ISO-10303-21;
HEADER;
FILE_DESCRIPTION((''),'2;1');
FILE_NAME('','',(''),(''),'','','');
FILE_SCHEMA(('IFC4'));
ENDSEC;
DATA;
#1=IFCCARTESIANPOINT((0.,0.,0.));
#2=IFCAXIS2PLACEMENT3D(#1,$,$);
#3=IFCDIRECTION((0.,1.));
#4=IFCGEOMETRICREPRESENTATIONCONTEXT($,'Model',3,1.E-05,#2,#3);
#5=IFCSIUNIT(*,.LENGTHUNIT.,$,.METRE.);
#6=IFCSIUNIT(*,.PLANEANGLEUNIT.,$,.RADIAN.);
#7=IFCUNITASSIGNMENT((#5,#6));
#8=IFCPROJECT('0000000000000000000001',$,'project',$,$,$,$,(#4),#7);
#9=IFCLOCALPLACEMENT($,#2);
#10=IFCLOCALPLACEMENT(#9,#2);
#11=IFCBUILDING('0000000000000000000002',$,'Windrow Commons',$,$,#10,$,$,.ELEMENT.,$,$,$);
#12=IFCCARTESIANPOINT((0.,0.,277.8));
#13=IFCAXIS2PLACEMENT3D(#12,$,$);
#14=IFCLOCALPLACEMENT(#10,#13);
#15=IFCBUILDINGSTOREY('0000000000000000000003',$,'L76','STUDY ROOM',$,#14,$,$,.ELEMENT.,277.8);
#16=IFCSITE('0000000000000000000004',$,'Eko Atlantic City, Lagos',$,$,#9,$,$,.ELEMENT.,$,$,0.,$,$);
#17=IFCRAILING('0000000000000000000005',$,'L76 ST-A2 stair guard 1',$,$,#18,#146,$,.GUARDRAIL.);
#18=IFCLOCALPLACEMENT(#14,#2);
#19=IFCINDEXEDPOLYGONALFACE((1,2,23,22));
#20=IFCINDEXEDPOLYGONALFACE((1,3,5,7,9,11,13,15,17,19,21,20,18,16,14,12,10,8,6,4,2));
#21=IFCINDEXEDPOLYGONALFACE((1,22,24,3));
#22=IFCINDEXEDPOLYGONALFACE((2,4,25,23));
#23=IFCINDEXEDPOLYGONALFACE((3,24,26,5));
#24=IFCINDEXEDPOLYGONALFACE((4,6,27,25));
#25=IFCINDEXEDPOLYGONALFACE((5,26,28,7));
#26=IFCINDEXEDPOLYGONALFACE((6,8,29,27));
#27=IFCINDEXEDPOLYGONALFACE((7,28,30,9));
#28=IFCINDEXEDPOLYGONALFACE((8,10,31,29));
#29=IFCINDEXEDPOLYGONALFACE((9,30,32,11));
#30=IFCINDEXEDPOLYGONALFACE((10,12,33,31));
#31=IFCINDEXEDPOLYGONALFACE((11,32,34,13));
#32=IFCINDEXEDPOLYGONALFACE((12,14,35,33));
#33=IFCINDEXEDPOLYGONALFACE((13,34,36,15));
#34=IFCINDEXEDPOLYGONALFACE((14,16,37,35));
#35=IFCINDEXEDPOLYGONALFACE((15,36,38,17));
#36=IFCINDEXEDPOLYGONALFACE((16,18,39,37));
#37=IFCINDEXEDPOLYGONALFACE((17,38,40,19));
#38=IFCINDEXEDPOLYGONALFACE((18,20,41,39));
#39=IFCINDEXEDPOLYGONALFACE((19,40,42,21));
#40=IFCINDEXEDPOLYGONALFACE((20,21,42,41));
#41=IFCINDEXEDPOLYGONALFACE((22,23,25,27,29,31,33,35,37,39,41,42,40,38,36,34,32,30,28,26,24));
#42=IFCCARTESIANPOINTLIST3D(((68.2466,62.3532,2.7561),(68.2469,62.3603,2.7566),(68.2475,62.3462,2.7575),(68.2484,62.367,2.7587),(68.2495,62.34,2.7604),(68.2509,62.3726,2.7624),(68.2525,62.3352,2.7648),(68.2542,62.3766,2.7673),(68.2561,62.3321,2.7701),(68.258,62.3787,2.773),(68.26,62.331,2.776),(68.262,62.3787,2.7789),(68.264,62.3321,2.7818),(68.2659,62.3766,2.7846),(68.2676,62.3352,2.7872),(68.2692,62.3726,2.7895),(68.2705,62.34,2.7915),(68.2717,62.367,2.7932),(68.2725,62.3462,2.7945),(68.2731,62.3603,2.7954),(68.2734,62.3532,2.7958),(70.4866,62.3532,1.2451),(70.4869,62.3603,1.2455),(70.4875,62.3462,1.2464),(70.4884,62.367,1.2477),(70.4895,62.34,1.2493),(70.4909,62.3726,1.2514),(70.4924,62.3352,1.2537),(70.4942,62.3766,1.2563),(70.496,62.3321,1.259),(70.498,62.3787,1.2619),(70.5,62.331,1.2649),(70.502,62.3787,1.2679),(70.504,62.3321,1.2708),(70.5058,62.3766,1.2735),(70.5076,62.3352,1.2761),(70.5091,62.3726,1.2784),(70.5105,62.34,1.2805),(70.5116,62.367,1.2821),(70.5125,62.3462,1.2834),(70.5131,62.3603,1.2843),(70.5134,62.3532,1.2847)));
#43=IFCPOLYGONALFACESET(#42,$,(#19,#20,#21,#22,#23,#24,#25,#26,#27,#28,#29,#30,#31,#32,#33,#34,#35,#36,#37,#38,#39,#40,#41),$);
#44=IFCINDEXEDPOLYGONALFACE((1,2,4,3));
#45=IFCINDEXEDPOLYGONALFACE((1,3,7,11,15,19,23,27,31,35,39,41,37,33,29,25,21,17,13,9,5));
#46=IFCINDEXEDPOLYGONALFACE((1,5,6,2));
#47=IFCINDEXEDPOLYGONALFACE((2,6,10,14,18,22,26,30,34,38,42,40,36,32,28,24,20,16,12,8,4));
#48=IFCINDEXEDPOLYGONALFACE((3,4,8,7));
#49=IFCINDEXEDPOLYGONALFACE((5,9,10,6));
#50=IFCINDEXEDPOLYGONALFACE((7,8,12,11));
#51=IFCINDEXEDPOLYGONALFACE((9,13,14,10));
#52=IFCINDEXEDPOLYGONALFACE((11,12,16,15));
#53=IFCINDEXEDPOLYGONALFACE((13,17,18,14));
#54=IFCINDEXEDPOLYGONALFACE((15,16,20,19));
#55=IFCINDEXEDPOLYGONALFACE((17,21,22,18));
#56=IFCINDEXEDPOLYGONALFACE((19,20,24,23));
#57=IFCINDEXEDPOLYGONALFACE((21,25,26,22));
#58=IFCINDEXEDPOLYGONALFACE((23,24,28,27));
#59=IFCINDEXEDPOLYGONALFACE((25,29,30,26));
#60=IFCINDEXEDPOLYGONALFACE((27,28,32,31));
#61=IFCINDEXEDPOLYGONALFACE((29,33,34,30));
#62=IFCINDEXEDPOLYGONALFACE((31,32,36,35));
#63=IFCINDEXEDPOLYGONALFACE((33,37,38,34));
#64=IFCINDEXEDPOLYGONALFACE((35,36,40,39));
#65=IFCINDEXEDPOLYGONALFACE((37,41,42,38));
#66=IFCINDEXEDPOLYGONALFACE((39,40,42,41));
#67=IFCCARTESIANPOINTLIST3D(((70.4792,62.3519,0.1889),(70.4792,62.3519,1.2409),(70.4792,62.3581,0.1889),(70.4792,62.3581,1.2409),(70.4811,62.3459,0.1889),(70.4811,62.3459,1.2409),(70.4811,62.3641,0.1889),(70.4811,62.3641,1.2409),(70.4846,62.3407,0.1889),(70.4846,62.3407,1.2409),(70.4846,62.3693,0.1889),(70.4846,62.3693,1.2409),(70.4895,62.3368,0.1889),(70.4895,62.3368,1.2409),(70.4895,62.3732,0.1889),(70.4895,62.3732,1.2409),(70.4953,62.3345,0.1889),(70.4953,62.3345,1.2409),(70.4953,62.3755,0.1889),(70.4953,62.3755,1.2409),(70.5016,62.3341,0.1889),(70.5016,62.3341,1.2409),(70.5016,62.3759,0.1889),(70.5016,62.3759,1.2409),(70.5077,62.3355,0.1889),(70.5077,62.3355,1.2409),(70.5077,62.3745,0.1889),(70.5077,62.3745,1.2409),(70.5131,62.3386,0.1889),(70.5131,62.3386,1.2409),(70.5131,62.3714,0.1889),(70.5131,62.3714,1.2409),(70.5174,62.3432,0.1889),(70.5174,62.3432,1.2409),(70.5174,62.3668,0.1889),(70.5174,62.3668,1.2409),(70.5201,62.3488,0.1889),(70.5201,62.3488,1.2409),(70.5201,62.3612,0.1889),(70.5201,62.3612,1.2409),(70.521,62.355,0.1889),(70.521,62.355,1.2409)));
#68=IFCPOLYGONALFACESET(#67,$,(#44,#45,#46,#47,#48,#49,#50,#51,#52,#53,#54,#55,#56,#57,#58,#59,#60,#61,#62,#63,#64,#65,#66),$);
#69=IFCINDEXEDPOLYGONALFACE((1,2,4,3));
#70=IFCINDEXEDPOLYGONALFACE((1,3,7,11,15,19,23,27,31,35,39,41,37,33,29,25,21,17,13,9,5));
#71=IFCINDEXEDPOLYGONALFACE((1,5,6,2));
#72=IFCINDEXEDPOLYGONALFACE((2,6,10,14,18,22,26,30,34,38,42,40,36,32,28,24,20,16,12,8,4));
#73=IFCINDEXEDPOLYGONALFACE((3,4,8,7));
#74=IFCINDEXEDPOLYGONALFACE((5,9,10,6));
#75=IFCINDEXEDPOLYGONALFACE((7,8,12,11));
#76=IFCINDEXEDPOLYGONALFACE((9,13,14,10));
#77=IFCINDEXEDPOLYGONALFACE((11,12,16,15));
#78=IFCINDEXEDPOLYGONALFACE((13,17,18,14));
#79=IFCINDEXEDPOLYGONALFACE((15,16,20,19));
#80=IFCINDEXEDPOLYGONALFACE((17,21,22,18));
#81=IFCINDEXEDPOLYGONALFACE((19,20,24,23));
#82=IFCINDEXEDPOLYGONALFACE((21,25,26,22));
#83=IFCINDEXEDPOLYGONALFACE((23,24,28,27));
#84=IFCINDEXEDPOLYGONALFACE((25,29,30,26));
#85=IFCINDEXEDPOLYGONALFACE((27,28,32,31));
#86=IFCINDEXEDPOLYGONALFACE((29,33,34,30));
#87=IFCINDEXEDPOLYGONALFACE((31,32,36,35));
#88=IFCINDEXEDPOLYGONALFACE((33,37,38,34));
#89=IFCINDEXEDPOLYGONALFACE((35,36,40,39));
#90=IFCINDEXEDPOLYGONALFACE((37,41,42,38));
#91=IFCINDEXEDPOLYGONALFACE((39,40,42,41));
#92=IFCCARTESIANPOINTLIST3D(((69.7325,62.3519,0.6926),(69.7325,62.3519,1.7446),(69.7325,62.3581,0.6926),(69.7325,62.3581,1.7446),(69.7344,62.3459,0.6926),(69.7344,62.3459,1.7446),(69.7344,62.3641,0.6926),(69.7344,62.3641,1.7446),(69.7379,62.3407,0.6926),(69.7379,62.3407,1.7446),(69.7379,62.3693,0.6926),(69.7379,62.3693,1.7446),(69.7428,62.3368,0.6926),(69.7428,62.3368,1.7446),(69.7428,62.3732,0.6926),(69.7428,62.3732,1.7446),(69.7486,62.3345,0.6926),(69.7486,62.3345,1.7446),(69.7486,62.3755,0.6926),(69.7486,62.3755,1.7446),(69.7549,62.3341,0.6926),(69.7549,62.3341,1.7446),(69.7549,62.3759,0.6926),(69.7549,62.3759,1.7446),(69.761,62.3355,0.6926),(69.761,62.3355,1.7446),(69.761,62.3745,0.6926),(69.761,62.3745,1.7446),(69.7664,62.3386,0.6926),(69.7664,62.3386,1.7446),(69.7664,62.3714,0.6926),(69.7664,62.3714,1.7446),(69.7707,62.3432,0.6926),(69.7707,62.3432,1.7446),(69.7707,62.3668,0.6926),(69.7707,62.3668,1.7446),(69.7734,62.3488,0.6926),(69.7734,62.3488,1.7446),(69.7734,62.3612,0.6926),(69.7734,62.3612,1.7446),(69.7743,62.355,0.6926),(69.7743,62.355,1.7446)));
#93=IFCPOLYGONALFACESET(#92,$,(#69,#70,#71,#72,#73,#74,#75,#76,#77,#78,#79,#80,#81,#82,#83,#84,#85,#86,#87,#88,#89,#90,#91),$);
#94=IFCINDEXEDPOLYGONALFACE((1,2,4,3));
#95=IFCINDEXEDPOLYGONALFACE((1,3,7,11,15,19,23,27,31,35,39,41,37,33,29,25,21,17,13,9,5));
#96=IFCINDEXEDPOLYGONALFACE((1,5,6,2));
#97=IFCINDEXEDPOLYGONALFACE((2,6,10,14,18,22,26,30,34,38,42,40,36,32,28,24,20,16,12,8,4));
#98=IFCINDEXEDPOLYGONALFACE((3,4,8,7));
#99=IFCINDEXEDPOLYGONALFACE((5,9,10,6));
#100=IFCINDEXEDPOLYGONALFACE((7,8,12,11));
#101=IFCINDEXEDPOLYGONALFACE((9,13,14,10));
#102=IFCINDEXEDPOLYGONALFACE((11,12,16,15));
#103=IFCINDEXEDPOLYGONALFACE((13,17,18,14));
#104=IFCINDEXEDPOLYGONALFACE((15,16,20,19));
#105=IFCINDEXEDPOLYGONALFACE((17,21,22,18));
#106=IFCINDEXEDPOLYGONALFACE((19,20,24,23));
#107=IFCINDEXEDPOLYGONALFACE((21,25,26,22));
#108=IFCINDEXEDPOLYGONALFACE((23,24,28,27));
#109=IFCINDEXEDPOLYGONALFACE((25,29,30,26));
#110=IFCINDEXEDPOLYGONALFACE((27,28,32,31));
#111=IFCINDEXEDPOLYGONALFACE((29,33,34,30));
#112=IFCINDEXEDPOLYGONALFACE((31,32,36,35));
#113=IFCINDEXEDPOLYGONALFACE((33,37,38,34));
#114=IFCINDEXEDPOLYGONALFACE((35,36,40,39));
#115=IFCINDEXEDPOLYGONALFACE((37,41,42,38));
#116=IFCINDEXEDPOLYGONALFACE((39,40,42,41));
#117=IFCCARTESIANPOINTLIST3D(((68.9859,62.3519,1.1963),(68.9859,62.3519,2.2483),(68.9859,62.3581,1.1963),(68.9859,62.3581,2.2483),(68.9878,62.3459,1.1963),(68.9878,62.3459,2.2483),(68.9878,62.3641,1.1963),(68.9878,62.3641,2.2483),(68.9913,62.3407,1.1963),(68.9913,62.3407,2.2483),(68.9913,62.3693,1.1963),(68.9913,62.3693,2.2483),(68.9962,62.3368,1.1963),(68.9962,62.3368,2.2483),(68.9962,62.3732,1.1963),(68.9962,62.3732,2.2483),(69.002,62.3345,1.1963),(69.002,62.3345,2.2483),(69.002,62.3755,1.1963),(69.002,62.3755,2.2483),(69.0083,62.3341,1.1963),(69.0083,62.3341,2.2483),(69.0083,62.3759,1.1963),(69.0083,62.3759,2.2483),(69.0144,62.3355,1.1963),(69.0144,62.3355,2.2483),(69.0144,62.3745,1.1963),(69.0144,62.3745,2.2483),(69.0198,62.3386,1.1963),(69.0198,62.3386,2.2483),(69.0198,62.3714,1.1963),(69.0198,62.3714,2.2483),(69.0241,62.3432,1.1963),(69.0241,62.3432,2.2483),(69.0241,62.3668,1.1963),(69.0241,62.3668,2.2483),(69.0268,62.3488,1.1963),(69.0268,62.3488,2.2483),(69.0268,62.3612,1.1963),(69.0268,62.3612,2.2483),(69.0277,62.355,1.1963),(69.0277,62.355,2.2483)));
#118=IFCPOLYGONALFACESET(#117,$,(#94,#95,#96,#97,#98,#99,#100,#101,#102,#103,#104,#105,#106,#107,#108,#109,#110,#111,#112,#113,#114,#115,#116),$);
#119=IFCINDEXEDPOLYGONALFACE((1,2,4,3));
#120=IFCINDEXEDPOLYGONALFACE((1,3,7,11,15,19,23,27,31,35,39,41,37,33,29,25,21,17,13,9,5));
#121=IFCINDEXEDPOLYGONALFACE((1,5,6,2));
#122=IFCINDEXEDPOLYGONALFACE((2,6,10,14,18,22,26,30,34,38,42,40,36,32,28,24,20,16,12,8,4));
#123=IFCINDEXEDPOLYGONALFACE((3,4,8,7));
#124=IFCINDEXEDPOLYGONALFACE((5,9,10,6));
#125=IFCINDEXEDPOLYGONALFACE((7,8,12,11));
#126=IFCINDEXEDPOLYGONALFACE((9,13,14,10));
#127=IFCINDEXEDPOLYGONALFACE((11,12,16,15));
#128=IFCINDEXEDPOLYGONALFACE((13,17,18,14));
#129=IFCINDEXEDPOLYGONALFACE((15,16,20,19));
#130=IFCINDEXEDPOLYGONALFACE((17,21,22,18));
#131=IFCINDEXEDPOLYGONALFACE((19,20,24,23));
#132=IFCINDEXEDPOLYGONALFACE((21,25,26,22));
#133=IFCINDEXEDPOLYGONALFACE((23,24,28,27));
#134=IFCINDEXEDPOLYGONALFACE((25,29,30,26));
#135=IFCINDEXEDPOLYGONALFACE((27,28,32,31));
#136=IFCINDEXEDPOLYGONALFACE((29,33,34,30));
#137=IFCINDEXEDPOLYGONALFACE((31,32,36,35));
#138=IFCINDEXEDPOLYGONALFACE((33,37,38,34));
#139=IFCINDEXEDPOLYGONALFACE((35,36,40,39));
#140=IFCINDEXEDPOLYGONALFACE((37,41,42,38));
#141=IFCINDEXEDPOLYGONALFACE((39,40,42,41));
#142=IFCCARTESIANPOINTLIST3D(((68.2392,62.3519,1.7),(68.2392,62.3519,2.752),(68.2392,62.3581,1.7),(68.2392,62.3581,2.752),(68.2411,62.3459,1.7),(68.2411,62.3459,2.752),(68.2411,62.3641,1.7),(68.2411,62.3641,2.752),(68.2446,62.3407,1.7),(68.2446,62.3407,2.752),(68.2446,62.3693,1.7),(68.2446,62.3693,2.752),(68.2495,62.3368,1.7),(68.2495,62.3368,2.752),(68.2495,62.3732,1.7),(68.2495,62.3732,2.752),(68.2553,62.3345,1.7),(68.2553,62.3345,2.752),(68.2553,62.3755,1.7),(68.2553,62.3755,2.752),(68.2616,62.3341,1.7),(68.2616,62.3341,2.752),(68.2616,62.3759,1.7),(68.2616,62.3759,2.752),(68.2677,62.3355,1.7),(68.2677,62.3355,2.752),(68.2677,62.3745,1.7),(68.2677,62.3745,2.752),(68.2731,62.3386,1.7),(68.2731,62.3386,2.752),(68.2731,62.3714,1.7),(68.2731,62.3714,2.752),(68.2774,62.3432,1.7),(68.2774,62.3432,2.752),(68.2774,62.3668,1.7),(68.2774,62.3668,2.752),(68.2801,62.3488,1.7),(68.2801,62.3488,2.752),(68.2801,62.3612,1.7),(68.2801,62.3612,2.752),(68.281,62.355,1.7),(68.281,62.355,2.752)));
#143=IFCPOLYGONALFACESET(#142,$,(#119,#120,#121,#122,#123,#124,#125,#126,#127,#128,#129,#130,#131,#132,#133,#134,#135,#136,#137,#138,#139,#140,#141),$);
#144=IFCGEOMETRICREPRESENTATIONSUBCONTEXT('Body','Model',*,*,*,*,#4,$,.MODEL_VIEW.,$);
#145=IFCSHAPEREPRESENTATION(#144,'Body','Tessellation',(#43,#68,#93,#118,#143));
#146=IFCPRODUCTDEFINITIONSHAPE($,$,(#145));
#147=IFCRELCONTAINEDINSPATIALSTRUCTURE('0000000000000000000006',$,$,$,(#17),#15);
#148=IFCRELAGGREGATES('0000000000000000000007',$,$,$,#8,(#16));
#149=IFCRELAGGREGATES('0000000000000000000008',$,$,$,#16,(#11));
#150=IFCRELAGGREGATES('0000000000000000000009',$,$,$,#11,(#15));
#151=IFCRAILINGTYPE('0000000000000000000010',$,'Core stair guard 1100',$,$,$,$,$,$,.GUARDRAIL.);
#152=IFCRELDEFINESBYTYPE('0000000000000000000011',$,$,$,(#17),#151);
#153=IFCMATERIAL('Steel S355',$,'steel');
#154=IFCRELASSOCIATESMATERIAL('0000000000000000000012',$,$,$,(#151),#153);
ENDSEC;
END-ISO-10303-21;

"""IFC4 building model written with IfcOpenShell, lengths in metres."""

from ifc_helpers import new_model, si_unit, direction, frame, origin, origin_2d, place, context, subcontext, project, spatial, circle, extrude, material, type_object, element, save


model = new_model("IFC4")

# Units and contexts
model_context = context("Model", 3, precision=1e-05, world=origin(), true_north=direction((0.0, 1.0)))
body_context = subcontext(model_context, "Body", "Model", "MODEL_VIEW")
ifc_project = project(units=[si_unit("LENGTHUNIT", "METRE"), si_unit("PLANEANGLEUNIT", "RADIAN")], contexts=[model_context])

# Site, building, storey
site_placement = place(None, origin())
site = spatial("IfcSite", under=ifc_project, at=site_placement, Name="Eko Atlantic City, Lagos", CompositionType="ELEMENT", RefElevation=0.0)
building_placement = place(site_placement, origin())
building = spatial("IfcBuilding", under=site, at=building_placement, Name="Windrow Commons", CompositionType="ELEMENT")
storey_placement = place(building_placement, frame((0.0, 0.0, 277.8)))
storey = spatial("IfcBuildingStorey", under=building, at=storey_placement, Name="L76", Description="STUDY ROOM", CompositionType="ELEMENT", Elevation=277.8)

# Railing
ifc_material_1 = material(Name="Steel S355", Category="steel")
railing_type_1 = type_object("IfcRailingType", Name="Core stair guard 1100", PredefinedType="GUARDRAIL", material=ifc_material_1)
railing_1_placement = place(storey_placement, frame((70.5, 62.355, 0.1889)))
element("IfcRailing", 1, at=railing_1_placement, inside=storey, type_object=railing_type_1, Name="L76 ST-A2 stair guard 1", PredefinedType="GUARDRAIL", context=body_context, shape_type="SweptSolid", body=[
    extrude(circle(Radius=0.024, at=origin_2d()), frame((0.0, 0.0, 1.076), z_axis=(-0.829003, 0.0, 0.559244), x_axis=(0.0, -1.0, 0.0)), (0.0, 0.0, 1.0), 2.702),
    extrude(circle(Radius=0.021, at=origin_2d()), origin(), (0.0, 0.0, 1.0), 1.052),
    extrude(circle(Radius=0.021, at=origin_2d()), frame((-0.7467, 0.0, 0.5037)), (0.0, 0.0, 1.0), 1.052),
    extrude(circle(Radius=0.021, at=origin_2d()), frame((-1.4933, 0.0, 1.0074)), (0.0, 0.0, 1.0), 1.052),
    extrude(circle(Radius=0.021, at=origin_2d()), frame((-2.24, 0.0, 1.5111)), (0.0, 0.0, 1.0), 1.052),
])

save(model, "model.ifc")
